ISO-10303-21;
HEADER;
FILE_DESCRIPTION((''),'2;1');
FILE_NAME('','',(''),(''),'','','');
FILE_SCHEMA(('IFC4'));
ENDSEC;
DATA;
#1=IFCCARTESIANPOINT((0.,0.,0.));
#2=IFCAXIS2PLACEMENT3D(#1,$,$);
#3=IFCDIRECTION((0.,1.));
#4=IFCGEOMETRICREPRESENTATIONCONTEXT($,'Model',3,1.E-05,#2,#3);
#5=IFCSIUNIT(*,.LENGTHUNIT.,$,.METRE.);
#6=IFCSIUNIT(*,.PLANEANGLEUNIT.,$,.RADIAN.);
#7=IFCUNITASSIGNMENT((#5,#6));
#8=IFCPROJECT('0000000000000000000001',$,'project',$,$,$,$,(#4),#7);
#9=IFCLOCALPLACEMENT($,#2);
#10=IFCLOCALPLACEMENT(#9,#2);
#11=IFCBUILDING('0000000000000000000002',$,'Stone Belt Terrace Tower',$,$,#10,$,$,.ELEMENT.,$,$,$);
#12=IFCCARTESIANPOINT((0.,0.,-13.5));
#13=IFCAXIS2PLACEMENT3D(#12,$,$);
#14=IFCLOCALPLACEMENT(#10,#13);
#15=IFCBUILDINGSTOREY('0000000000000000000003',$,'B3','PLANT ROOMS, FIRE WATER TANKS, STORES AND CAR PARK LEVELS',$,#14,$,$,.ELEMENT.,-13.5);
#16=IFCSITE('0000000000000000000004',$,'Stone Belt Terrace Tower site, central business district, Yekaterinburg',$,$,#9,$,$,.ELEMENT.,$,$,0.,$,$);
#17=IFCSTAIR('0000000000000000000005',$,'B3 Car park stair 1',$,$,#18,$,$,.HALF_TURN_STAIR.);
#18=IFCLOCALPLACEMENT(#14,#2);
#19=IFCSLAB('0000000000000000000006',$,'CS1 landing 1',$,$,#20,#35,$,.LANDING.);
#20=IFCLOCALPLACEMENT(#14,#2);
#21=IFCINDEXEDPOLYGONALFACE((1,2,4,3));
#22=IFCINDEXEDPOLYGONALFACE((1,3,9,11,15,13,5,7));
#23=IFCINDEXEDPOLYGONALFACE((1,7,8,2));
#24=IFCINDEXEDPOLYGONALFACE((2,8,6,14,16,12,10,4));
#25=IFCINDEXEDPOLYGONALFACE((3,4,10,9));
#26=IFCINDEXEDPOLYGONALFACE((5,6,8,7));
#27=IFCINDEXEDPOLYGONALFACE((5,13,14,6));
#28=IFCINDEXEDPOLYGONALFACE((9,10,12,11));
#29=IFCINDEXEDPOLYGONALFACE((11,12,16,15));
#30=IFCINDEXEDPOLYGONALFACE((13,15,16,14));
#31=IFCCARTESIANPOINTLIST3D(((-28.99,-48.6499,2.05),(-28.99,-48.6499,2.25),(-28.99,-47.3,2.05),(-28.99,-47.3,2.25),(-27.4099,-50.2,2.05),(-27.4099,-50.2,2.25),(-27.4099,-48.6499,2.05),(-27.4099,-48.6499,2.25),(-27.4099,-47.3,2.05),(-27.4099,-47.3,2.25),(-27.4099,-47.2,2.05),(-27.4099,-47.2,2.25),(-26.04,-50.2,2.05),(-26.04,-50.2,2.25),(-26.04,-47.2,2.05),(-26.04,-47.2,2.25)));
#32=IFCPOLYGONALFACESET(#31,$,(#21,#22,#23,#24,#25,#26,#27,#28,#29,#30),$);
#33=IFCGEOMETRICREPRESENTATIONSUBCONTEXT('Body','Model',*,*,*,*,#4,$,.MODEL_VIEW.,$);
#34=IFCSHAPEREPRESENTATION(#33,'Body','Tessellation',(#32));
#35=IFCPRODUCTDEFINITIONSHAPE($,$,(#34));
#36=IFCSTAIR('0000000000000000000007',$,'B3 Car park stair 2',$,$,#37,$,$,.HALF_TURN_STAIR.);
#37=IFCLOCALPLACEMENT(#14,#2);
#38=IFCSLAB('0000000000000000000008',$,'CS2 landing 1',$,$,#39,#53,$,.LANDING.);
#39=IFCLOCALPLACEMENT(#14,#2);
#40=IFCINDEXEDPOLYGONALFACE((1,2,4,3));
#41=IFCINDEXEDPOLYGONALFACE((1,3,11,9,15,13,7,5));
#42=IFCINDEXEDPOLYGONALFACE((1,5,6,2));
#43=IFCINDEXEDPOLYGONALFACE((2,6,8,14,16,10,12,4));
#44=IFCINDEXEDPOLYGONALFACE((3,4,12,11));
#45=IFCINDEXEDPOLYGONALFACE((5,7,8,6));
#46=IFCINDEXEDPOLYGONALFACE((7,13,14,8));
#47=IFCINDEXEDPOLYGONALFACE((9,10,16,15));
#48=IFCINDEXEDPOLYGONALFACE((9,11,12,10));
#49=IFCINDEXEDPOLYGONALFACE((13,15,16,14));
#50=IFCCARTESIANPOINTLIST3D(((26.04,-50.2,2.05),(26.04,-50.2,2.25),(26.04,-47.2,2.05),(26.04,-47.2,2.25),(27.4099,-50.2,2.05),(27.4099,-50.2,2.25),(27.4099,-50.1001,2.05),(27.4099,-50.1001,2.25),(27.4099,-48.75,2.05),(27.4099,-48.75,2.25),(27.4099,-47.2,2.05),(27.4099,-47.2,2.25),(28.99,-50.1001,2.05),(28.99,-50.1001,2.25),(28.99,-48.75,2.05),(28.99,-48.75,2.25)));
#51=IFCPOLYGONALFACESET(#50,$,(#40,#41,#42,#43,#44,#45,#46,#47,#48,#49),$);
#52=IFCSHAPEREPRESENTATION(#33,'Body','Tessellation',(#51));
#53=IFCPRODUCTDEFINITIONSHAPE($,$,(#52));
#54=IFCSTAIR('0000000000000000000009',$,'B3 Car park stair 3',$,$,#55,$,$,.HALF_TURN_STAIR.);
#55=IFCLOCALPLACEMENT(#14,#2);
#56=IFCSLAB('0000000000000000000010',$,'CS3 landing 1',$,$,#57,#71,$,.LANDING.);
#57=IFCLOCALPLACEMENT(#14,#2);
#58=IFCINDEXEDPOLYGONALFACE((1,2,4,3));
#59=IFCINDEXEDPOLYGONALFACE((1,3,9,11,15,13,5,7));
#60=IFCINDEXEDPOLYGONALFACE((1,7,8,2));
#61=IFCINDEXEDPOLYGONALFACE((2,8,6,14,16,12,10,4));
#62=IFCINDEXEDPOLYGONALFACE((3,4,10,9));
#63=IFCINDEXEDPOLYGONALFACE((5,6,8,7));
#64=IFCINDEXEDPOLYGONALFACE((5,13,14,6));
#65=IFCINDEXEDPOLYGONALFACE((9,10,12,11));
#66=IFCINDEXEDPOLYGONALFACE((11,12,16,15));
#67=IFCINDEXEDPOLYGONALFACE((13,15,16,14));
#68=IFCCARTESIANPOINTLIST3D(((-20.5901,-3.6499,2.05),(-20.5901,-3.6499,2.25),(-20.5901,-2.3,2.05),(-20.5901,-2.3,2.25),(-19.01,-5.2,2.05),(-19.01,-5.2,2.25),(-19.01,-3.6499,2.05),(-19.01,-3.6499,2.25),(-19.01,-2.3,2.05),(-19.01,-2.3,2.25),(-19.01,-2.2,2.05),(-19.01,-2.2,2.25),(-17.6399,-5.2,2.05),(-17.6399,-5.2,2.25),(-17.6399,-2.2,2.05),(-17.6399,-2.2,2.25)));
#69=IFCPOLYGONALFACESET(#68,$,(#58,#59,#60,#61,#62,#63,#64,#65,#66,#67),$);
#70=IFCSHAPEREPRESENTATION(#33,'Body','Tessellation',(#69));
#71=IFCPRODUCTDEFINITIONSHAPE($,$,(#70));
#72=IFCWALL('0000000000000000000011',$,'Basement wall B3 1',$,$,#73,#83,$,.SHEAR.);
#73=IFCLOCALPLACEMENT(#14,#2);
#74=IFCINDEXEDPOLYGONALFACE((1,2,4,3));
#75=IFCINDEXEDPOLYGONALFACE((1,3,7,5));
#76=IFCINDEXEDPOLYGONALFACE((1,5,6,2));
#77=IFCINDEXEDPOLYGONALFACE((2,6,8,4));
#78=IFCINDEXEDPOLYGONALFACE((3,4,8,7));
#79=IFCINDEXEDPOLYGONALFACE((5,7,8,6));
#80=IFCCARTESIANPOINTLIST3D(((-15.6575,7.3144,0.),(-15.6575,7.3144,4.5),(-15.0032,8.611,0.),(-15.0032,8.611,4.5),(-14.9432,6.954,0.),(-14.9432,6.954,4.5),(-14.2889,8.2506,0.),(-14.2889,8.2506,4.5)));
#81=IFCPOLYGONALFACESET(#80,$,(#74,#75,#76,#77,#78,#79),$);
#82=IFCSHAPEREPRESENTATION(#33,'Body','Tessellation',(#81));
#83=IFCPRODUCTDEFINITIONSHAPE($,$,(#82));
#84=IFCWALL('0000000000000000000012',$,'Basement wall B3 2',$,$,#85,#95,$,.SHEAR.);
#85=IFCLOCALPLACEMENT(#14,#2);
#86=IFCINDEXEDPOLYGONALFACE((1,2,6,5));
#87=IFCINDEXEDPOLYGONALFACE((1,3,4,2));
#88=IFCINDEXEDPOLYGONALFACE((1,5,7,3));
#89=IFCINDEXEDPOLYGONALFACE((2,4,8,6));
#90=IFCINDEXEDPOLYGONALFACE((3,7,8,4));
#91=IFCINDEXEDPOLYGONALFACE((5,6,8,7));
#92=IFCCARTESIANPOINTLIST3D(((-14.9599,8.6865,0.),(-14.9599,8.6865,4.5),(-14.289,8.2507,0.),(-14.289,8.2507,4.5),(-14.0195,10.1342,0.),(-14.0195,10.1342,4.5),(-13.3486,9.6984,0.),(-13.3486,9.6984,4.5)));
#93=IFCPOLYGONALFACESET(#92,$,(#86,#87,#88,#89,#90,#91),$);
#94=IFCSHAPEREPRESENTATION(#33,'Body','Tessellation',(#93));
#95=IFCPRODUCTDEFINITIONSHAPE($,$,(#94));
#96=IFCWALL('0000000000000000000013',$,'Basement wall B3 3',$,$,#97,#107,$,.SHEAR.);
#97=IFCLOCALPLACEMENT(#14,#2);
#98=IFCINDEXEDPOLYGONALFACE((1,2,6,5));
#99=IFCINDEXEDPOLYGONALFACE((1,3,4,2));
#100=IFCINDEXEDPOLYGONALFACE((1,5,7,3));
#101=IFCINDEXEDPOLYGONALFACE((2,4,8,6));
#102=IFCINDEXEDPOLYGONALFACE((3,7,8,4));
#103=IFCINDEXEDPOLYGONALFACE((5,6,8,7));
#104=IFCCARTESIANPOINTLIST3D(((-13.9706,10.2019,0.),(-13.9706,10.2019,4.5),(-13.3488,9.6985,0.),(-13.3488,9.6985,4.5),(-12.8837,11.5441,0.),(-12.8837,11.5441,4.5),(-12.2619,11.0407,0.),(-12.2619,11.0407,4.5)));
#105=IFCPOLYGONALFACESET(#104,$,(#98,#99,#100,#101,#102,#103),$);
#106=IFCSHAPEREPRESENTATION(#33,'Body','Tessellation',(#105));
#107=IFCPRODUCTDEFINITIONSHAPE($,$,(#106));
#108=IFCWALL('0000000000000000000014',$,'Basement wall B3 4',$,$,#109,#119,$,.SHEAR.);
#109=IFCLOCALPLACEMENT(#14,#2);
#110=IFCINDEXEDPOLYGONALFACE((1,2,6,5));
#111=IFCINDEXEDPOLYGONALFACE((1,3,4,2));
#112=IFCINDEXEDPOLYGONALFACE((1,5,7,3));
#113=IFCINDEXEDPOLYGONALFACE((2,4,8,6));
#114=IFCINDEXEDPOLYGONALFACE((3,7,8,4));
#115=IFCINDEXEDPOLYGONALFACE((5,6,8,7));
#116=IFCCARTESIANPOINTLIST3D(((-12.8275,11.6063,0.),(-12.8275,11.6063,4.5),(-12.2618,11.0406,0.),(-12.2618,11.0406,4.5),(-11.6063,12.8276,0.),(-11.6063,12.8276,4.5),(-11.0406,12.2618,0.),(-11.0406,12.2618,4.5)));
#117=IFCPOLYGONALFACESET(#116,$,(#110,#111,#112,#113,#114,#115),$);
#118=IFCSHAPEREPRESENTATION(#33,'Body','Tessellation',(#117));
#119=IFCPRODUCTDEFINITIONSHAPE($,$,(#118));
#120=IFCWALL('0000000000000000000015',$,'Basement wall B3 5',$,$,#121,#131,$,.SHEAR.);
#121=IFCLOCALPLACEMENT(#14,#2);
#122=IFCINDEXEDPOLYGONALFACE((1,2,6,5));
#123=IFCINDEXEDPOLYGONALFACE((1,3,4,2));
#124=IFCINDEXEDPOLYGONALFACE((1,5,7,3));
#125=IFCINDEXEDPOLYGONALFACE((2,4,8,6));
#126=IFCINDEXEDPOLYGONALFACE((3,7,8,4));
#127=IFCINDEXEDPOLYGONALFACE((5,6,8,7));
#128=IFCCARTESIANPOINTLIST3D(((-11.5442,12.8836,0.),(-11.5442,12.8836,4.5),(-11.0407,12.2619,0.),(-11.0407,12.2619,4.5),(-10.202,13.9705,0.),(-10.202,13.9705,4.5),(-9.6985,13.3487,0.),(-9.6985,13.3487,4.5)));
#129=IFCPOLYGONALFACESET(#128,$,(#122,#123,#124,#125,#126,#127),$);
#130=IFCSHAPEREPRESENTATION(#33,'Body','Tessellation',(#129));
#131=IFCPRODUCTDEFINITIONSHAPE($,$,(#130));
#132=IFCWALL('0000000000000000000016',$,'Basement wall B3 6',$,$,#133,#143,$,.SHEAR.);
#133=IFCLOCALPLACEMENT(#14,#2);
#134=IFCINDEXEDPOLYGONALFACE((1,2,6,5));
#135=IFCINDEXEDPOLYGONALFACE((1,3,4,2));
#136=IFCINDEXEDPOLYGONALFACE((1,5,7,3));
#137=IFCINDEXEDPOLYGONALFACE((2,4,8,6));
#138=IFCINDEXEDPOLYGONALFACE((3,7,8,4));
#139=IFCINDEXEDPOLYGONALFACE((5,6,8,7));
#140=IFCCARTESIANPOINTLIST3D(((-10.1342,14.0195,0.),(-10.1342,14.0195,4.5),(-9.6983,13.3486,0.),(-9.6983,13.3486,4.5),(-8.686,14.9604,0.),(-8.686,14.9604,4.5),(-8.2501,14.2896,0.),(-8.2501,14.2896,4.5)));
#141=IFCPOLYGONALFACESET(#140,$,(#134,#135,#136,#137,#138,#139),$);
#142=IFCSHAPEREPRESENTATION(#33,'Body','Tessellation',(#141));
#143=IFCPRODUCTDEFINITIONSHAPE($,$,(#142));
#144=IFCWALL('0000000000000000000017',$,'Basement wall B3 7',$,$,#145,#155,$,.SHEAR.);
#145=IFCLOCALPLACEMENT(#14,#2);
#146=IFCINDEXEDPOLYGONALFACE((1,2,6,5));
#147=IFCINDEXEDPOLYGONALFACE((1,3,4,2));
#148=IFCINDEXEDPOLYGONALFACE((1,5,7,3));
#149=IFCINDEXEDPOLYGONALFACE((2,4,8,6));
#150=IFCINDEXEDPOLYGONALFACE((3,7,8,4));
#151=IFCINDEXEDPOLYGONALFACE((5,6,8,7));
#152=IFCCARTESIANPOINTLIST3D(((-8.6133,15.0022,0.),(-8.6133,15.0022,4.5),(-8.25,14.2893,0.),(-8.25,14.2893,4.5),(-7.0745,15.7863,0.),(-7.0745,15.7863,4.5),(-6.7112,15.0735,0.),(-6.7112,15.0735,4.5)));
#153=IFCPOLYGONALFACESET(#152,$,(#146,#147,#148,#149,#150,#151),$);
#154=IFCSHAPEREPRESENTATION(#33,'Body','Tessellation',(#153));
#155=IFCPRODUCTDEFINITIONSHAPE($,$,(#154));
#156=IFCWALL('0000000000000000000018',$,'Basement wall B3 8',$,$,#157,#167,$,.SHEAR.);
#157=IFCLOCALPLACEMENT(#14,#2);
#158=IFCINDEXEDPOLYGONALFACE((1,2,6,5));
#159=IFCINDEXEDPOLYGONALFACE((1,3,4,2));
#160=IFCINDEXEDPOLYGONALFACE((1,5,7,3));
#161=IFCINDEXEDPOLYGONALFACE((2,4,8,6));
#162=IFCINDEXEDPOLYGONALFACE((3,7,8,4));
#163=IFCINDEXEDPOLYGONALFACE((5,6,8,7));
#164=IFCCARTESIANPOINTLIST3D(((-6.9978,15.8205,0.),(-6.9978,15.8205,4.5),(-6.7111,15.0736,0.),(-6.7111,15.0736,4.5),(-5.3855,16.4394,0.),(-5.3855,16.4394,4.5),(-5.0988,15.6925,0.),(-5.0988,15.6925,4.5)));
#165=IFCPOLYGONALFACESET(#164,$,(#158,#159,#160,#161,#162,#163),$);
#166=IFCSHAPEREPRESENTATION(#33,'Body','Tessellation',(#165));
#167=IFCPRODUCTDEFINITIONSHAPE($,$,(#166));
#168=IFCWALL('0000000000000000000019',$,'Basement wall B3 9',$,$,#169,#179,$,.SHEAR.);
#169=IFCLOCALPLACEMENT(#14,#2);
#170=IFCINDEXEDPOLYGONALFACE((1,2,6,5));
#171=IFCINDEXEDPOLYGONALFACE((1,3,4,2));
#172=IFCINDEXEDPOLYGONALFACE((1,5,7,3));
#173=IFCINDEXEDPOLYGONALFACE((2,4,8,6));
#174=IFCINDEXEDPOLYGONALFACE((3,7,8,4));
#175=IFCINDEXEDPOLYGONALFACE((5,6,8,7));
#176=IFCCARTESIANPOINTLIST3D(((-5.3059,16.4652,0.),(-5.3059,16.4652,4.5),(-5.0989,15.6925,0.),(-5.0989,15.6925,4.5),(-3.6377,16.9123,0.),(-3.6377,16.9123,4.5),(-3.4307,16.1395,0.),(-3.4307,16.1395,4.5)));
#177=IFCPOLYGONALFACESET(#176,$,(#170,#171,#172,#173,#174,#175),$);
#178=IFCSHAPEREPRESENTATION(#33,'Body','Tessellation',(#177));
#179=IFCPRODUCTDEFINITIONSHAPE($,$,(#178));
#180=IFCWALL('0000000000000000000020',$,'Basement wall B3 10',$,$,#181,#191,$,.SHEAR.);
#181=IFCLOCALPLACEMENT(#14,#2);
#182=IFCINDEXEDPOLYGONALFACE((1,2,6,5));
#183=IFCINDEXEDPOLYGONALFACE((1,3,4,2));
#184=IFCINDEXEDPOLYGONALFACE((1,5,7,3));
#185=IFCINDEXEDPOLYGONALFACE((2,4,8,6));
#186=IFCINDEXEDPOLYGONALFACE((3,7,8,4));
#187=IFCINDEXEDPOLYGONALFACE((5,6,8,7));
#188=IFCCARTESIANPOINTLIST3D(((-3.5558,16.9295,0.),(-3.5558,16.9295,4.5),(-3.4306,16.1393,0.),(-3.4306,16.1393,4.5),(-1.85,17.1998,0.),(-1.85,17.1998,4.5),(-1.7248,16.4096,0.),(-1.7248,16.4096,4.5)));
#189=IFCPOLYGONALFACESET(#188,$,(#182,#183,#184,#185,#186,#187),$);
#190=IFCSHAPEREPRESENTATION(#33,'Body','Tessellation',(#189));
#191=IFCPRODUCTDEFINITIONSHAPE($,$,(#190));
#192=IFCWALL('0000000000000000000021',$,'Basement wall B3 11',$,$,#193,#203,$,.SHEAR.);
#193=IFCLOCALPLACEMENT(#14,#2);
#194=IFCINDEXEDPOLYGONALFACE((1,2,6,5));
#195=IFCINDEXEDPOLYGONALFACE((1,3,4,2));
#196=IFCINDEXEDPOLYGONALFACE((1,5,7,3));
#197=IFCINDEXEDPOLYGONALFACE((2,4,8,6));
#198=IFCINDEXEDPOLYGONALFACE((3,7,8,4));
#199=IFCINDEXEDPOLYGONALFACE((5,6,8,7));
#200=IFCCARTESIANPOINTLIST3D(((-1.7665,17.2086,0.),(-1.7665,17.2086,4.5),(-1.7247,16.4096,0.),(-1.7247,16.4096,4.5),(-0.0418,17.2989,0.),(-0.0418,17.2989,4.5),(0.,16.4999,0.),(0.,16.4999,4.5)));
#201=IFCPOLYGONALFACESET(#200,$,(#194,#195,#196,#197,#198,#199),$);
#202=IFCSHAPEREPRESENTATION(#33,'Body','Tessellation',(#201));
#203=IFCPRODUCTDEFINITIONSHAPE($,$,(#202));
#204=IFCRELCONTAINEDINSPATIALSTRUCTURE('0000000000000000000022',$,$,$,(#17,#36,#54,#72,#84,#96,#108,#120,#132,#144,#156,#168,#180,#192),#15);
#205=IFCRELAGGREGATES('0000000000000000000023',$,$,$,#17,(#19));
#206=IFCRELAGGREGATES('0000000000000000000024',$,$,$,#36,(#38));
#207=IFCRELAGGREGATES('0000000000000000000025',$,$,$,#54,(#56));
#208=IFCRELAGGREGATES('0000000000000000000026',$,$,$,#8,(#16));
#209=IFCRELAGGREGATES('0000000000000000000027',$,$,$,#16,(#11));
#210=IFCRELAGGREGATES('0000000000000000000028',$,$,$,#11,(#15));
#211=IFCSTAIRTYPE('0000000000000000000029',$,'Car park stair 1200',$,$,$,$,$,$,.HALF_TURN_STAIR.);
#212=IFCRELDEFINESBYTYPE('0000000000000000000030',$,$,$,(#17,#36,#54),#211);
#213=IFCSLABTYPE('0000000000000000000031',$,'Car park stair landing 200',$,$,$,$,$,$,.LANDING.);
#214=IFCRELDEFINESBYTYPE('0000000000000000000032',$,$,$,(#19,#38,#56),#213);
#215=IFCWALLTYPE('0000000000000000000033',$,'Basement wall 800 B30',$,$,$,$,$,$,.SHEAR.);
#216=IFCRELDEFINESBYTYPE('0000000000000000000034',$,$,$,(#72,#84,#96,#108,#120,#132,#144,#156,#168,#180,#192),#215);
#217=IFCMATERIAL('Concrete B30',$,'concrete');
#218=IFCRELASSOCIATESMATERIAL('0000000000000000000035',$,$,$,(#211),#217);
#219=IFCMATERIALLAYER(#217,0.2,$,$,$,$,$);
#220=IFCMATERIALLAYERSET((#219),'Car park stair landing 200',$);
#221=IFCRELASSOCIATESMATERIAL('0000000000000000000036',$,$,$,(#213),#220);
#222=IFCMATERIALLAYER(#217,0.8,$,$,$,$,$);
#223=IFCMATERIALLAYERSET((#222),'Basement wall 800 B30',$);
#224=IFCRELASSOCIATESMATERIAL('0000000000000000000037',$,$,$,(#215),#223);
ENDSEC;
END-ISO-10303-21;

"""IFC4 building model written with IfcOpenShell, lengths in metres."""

from ifc_helpers import new_model, si_unit, direction, frame, frame_2d, origin, place, context, subcontext, project, spatial, polyline, rectangle, outline, extrude, material, layer, layer_set, type_object, element, aggregate, save


model = new_model("IFC4")

# Units and contexts
model_context = context("Model", 3, precision=1e-05, world=origin(), true_north=direction((0.0, 1.0)))
body_context = subcontext(model_context, "Body", "Model", "MODEL_VIEW")
ifc_project = project(units=[si_unit("LENGTHUNIT", "METRE"), si_unit("PLANEANGLEUNIT", "RADIAN")], contexts=[model_context])

# Site, building, storey
site_placement = place(None, origin())
site = spatial("IfcSite", under=ifc_project, at=site_placement, Name="Stone Belt Terrace Tower site, central business district, Yekaterinburg", CompositionType="ELEMENT", RefElevation=0.0)
building_placement = place(site_placement, origin())
building = spatial("IfcBuilding", under=site, at=building_placement, Name="Stone Belt Terrace Tower", CompositionType="ELEMENT")
storey_placement = place(building_placement, frame((0.0, 0.0, -13.5)))
storey = spatial("IfcBuildingStorey", under=building, at=storey_placement, Name="B3", Description="PLANT ROOMS, FIRE WATER TANKS, STORES AND CAR PARK LEVELS", CompositionType="ELEMENT", Elevation=-13.5)

# Shared definitions
ifc_material_1 = material(Name="Concrete B30", Category="concrete")

# Stairs, slabs
stair_type = type_object("IfcStairType", Name="Car park stair 1200", PredefinedType="HALF_TURN_STAIR", material=ifc_material_1)
stair_1_placement = place(storey_placement, origin())
stair_1 = element("IfcStair", 1, at=stair_1_placement, inside=storey, type_object=stair_type, Name="B3 Car park stair 1", PredefinedType="HALF_TURN_STAIR")
ifc_layer_1 = layer(ifc_material_1, 0.2)
ifc_layer_set_1 = layer_set([ifc_layer_1], Name="Car park stair landing 200")
slab_type_1 = type_object("IfcSlabType", Name="Car park stair landing 200", PredefinedType="LANDING", material=ifc_layer_set_1)
slab_1_placement = place(storey_placement, frame((0.0, 0.0, 2.05)))
slab_1 = element("IfcSlab", 2, at=slab_1_placement, type_object=slab_type_1, Name="CS1 landing 1", PredefinedType="LANDING", context=body_context, shape_type="SweptSolid", body=[
    extrude(outline(polyline([(-27.4099, -50.2), (-26.04, -50.2), (-26.04, -47.2), (-27.4099, -47.2), (-27.4099, -47.3), (-28.99, -47.3), (-28.99, -48.6499), (-27.4099, -48.6499), (-27.4099, -50.2)])), origin(), (0.0, 0.0, 1.0), 0.2),
])
aggregate(stair_1, [slab_1])
stair_2_placement = place(storey_placement, origin())
stair_2 = element("IfcStair", 3, at=stair_2_placement, inside=storey, type_object=stair_type, Name="B3 Car park stair 2", PredefinedType="HALF_TURN_STAIR")
slab_2_placement = place(storey_placement, frame((0.0, 0.0, 2.05)))
slab_2 = element("IfcSlab", 4, at=slab_2_placement, type_object=slab_type_1, Name="CS2 landing 1", PredefinedType="LANDING", context=body_context, shape_type="SweptSolid", body=[
    extrude(outline(polyline([(26.04, -50.2), (27.4099, -50.2), (27.4099, -50.1001), (28.99, -50.1001), (28.99, -48.75), (27.4099, -48.75), (27.4099, -47.2), (26.04, -47.2), (26.04, -50.2)])), origin(), (0.0, 0.0, 1.0), 0.2),
])
aggregate(stair_2, [slab_2])
stair_3_placement = place(storey_placement, origin())
stair_3 = element("IfcStair", 5, at=stair_3_placement, inside=storey, type_object=stair_type, Name="B3 Car park stair 3", PredefinedType="HALF_TURN_STAIR")
slab_3_placement = place(storey_placement, frame((0.0, 0.0, 2.05)))
slab_3 = element("IfcSlab", 6, at=slab_3_placement, type_object=slab_type_1, Name="CS3 landing 1", PredefinedType="LANDING", context=body_context, shape_type="SweptSolid", body=[
    extrude(outline(polyline([(-19.01, -5.2), (-17.6399, -5.2), (-17.6399, -2.2), (-19.01, -2.2), (-19.01, -2.3), (-20.5901, -2.3), (-20.5901, -3.6499), (-19.01, -3.6499), (-19.01, -5.2)])), origin(), (0.0, 0.0, 1.0), 0.2),
])
aggregate(stair_3, [slab_3])

# Walls
ifc_layer_2 = layer(ifc_material_1, 0.8)
ifc_layer_set_2 = layer_set([ifc_layer_2], Name="Basement wall 800 B30")
wall_type = type_object("IfcWallType", Name="Basement wall 800 B30", PredefinedType="SHEAR", material=ifc_layer_set_2)
wall_1_placement = place(storey_placement, frame((-15.3003, 7.1343, 0.0), z_axis=(0.0, 0.0, 1.0), x_axis=(0.450505, 0.892774, 0.0)))
element("IfcWall", 7, at=wall_1_placement, inside=storey, type_object=wall_type, Name="Basement wall B3 1", PredefinedType="SHEAR", context=body_context, shape_type="SweptSolid", body=[
    extrude(rectangle(XDim=1.4524, YDim=0.8, at=frame_2d((0.7261, 0.0))), origin(), (0.0, 0.0, 1.0), 4.5),
])
wall_2_placement = place(storey_placement, frame((-14.6245, 8.4685, 0.0), z_axis=(0.0, 0.0, 1.0), x_axis=(0.54474, 0.838605, 0.0)))
element("IfcWall", 8, at=wall_2_placement, inside=storey, type_object=wall_type, Name="Basement wall B3 2", PredefinedType="SHEAR", context=body_context, shape_type="SweptSolid", body=[
    extrude(rectangle(XDim=1.7263, YDim=0.8, at=frame_2d((0.8633, 0.0))), origin(), (0.0, 0.0, 1.0), 4.5),
])
for number, where, z_axis, x_axis, name in (
    (9, (-13.6597, 9.9502, 0.0), (0.0, 0.0, 1.0), (0.629304, 0.777159, 0.0), "Basement wall B3 3"),
    (10, (-12.5447, 11.3235, 0.0), (0.0, 0.0, 1.0), (0.707107, 0.707107, 0.0), "Basement wall B3 4"),
    (11, (-11.2925, 12.5728, 0.0), (0.0, 0.0, 1.0), (0.777159, 0.629304, 0.0), "Basement wall B3 5"),
    (12, (-9.9163, 13.6841, 0.0), (0.0, 0.0, 1.0), (0.83856, 0.544809, 0.0), "Basement wall B3 6"),
    (13, (-8.4316, 14.6458, 0.0), (0.0, 0.0, 1.0), (0.89098, 0.454042, 0.0), "Basement wall B3 7"),
    (14, (-6.8545, 15.447, 0.0), (0.0, 0.0, 1.0), (0.933582, 0.358363, 0.0), "Basement wall B3 8"),
    (15, (-5.2024, 16.0789, 0.0), (0.0, 0.0, 1.0), (0.965922, 0.258833, 0.0), "Basement wall B3 9"),
    (16, (-3.4932, 16.5344, 0.0), (0.0, 0.0, 1.0), (0.98768, 0.156485, 0.0), "Basement wall B3 10"),
    (17, (-1.7456, 16.8091, 0.0), (0.0, 0.0, 1.0), (0.998631, 0.052307, 0.0), "Basement wall B3 11"),
):
    element("IfcWall", number, at=place(storey_placement, frame(where, z_axis=z_axis, x_axis=x_axis)), inside=storey, type_object=wall_type, Name=name, PredefinedType="SHEAR", context=body_context, shape_type="SweptSolid", body=[
        extrude(rectangle(XDim=1.7271, YDim=0.8, at=frame_2d((0.8635, 0.0))), origin(), (0.0, 0.0, 1.0), 4.5),
    ])

save(model, "model.ifc")
